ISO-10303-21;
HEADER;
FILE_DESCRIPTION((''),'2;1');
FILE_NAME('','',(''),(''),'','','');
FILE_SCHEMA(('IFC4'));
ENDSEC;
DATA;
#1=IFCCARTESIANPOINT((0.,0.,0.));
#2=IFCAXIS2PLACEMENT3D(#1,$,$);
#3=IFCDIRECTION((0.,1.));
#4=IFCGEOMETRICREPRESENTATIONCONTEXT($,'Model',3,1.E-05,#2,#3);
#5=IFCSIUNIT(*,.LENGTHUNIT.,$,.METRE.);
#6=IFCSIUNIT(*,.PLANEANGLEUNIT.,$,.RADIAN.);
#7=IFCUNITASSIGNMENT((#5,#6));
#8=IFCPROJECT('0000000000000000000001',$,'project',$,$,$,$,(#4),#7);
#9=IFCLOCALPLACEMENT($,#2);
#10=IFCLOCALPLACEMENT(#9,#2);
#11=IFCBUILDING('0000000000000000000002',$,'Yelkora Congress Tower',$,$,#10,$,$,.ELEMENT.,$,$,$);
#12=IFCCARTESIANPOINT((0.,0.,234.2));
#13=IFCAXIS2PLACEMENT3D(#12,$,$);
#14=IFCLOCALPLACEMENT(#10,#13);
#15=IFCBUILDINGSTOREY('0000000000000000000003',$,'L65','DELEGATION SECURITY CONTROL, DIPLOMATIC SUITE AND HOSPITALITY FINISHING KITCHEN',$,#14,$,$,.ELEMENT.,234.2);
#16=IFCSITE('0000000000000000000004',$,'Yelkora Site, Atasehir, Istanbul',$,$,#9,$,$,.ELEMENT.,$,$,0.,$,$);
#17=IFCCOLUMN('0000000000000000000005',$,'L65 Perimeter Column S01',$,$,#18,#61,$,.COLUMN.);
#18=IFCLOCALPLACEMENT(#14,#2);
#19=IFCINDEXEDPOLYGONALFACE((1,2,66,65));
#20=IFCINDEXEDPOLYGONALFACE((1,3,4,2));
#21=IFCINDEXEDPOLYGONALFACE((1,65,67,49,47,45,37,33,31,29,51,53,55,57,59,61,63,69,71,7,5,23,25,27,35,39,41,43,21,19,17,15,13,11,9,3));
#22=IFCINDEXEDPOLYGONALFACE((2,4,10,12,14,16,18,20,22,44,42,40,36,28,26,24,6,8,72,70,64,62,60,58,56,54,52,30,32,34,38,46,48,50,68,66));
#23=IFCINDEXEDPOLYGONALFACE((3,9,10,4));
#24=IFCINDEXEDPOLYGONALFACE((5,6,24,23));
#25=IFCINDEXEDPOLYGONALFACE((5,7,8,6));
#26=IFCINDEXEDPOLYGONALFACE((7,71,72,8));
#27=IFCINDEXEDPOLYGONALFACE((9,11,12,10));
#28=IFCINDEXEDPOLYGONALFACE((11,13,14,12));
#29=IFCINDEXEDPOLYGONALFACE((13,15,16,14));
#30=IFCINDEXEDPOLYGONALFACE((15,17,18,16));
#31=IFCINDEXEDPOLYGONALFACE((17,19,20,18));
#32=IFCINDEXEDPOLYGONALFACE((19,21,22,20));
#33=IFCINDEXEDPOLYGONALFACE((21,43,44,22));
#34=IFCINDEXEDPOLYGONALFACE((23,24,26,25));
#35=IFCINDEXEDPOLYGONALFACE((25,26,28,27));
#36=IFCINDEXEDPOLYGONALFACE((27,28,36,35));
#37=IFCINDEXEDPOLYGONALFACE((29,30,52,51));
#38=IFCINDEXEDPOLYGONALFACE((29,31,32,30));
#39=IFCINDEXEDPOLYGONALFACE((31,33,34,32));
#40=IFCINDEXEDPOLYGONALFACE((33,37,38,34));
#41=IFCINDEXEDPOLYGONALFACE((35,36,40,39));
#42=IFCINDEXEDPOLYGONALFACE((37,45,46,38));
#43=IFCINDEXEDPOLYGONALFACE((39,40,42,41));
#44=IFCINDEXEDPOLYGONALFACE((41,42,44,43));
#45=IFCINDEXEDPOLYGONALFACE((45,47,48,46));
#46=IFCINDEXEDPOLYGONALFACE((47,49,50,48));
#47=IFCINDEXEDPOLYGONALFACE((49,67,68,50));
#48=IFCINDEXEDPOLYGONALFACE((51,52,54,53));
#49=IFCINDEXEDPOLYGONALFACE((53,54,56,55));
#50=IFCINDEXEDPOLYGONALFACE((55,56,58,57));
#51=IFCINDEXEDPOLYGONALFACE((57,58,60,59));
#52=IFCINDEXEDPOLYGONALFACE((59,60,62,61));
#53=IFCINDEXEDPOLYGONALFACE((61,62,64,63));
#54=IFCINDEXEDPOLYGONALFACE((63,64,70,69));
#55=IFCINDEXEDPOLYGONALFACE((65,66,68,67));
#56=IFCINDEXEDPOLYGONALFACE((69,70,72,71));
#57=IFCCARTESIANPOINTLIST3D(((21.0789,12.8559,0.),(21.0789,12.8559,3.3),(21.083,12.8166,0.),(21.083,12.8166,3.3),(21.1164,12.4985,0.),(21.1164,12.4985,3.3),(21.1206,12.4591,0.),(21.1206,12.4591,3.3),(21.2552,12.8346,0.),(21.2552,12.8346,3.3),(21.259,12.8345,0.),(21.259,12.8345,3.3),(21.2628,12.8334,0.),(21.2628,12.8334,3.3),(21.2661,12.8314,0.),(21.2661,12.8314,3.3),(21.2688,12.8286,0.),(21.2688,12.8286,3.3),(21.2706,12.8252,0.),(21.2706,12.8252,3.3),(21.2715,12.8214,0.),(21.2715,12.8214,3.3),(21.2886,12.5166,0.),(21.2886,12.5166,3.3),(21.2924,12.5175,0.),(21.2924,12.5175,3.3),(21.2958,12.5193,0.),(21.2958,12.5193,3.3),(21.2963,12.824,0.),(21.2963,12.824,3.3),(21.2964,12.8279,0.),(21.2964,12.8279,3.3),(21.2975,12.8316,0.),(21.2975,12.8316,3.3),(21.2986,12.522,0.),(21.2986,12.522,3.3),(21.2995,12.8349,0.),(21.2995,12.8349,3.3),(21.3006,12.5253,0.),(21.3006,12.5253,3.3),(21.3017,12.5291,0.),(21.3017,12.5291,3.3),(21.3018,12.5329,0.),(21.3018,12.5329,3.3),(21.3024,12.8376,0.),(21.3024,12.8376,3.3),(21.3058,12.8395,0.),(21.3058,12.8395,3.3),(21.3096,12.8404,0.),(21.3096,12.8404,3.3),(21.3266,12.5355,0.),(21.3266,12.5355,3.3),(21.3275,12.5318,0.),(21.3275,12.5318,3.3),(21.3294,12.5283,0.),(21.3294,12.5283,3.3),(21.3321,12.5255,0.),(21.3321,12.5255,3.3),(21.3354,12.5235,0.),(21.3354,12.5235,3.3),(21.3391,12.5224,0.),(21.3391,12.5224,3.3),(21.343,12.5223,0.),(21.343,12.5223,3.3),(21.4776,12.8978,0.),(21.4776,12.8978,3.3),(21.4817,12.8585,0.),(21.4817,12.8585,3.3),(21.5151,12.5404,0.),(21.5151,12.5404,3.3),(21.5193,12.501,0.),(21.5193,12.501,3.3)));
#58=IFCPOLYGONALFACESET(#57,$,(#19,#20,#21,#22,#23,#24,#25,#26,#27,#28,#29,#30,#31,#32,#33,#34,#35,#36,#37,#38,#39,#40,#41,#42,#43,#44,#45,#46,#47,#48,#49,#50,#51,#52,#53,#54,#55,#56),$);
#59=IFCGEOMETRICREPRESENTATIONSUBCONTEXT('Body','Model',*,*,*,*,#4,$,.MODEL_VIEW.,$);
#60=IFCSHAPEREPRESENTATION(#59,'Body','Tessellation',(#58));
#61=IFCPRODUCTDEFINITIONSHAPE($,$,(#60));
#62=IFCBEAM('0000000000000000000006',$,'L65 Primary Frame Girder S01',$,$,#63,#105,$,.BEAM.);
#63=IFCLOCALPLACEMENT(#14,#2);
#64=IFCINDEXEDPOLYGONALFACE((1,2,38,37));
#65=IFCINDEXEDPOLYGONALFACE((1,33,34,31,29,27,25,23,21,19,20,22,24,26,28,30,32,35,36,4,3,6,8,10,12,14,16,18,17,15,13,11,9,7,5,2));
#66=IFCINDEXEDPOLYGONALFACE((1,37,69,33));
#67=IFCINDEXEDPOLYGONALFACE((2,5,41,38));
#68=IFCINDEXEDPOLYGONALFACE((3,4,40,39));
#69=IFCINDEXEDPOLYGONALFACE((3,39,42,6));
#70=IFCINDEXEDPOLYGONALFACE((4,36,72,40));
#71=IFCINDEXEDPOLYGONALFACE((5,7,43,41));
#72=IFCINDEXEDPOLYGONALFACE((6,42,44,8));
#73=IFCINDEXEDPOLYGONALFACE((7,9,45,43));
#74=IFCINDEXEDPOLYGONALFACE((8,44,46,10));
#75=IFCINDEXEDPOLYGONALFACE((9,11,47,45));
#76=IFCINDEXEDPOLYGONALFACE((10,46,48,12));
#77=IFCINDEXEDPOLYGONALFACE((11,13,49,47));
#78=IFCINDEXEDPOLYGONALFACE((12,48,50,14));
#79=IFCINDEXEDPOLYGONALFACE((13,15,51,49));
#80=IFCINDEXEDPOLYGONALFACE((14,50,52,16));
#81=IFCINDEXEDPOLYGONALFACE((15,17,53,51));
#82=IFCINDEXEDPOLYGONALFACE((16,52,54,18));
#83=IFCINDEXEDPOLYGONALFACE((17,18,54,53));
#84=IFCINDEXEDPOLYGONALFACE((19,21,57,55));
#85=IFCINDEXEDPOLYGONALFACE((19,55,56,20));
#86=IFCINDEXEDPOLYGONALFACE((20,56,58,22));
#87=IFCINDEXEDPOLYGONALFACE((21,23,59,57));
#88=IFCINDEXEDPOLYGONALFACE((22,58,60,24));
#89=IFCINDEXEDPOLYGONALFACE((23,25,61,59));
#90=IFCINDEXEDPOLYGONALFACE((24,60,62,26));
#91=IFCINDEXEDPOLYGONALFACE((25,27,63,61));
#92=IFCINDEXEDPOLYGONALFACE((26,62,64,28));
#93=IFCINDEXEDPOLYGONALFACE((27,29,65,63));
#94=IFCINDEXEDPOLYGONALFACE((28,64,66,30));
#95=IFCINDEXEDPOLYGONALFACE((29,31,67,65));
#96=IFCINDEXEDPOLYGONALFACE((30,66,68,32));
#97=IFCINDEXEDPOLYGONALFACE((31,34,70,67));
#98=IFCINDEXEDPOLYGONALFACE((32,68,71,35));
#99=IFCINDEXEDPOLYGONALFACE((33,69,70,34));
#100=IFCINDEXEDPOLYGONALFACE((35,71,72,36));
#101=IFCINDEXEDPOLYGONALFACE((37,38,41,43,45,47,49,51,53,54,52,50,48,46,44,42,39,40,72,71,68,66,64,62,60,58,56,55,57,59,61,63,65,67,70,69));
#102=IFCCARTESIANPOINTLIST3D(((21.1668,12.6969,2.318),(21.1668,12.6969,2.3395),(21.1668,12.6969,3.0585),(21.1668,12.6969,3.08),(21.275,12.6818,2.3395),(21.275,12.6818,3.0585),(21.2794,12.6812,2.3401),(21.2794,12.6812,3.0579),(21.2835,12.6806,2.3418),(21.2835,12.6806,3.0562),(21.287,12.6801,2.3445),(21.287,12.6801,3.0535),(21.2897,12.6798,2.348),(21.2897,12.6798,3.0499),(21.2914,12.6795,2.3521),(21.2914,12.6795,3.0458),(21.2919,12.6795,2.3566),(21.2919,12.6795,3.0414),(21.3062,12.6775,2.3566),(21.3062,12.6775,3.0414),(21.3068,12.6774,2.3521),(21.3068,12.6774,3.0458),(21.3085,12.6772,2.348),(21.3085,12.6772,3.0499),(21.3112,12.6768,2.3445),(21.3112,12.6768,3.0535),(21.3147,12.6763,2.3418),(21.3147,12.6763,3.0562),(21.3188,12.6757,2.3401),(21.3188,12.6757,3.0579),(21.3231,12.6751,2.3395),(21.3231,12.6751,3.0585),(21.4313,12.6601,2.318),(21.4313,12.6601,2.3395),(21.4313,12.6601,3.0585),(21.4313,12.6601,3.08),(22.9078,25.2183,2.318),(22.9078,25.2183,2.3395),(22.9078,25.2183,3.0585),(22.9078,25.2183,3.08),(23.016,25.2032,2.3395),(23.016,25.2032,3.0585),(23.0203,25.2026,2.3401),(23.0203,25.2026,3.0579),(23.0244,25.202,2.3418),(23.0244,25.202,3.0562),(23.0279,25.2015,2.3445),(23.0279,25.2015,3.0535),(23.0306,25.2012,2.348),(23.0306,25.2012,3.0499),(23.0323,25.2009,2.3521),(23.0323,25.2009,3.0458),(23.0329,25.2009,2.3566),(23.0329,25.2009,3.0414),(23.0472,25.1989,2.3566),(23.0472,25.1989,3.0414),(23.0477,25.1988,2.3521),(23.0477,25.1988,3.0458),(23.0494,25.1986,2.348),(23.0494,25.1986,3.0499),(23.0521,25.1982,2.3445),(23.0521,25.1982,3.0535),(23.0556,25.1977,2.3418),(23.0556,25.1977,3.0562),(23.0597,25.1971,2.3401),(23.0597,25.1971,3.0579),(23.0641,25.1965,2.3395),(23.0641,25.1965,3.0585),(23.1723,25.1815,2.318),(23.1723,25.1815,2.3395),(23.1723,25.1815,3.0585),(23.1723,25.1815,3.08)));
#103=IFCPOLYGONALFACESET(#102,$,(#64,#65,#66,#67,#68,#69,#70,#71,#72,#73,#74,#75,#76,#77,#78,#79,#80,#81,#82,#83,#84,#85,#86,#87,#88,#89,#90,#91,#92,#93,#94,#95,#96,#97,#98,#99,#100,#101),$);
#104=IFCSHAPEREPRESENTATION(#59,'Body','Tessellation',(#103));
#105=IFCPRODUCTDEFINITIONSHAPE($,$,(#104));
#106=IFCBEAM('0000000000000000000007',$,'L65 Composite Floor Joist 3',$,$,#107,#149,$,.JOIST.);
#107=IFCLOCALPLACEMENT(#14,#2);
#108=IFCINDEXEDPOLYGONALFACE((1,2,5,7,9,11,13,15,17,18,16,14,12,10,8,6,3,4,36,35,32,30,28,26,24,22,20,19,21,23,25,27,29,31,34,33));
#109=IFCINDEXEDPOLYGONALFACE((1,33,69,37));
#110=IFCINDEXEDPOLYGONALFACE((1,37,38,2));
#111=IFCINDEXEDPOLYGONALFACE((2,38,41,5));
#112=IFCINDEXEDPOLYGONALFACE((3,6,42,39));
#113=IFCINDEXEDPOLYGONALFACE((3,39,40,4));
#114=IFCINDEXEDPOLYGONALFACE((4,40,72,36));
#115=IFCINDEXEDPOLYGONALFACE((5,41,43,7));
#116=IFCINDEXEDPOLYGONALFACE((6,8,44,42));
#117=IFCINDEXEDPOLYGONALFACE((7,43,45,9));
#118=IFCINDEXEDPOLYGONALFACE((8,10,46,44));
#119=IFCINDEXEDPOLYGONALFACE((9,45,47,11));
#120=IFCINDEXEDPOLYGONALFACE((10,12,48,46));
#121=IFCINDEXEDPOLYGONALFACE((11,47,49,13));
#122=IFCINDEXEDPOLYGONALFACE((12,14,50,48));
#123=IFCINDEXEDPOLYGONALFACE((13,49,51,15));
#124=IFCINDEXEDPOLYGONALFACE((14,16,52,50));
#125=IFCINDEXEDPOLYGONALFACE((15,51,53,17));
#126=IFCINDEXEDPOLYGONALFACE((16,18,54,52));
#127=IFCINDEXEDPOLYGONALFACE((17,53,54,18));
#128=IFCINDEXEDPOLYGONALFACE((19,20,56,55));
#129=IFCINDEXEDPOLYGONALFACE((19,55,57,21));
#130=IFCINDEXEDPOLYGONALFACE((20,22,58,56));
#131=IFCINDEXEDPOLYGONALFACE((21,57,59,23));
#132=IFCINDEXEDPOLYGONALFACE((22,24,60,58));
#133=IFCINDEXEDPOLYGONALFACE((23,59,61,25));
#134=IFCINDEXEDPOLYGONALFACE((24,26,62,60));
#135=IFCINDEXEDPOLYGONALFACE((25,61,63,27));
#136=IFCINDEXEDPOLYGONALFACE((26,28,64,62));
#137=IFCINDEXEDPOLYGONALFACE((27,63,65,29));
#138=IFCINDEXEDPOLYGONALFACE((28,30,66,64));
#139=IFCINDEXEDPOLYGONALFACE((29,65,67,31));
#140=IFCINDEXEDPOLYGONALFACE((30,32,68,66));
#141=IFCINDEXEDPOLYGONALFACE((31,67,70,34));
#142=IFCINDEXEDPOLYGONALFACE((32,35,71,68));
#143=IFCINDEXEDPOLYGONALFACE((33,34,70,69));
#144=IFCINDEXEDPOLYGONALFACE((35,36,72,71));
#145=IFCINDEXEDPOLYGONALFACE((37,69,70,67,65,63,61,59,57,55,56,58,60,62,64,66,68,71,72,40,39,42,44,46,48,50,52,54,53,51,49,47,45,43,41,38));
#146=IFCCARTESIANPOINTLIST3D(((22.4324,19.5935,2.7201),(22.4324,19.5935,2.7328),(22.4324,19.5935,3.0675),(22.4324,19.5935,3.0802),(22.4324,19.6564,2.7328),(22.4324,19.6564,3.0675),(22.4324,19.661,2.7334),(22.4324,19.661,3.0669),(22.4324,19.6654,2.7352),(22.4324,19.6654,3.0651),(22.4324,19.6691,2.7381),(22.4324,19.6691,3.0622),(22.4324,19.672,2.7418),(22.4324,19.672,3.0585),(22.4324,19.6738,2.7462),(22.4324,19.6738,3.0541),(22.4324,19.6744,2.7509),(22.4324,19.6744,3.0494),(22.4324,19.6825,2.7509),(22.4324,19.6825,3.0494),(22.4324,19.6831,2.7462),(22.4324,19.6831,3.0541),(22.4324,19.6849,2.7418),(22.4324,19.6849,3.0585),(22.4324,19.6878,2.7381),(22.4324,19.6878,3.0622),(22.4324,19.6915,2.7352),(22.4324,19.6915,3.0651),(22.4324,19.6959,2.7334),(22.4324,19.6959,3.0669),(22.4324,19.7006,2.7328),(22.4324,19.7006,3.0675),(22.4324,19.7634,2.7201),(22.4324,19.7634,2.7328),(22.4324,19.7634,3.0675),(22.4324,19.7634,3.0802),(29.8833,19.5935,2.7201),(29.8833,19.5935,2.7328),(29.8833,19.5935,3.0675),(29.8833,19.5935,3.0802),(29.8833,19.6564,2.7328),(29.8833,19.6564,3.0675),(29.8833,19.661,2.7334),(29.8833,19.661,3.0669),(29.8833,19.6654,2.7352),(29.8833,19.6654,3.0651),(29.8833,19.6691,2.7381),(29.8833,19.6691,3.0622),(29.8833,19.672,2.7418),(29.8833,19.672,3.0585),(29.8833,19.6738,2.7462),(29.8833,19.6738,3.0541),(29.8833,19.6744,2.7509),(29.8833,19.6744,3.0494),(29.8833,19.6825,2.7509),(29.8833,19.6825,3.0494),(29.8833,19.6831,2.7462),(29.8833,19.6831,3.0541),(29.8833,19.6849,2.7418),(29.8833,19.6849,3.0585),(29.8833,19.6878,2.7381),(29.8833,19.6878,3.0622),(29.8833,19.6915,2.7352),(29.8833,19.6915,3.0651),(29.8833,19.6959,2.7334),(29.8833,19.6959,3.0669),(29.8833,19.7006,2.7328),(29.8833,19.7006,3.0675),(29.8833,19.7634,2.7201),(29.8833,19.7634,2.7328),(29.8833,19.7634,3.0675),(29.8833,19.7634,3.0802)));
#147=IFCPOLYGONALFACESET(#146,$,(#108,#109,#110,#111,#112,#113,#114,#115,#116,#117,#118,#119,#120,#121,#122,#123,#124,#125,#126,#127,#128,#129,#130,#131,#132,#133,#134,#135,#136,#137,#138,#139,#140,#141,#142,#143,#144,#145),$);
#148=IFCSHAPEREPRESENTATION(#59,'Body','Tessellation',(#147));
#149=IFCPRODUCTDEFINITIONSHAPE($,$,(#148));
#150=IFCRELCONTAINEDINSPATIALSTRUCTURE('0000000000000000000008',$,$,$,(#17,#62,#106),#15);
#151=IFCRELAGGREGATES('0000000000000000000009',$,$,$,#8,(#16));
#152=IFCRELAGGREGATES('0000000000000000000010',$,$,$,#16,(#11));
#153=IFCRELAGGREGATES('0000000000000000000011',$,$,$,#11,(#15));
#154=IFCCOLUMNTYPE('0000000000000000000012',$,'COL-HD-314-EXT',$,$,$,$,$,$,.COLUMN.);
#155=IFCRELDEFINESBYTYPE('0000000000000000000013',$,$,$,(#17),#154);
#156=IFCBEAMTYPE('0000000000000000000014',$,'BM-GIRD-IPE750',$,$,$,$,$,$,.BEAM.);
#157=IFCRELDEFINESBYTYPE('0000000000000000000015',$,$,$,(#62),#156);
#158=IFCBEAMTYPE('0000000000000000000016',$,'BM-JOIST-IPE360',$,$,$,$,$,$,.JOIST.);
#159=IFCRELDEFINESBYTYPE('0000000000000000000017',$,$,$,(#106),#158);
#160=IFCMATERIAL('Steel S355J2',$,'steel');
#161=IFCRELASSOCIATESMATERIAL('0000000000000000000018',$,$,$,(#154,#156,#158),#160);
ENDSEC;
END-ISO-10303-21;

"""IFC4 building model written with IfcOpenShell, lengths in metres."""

from ifc_helpers import new_model, si_unit, direction, frame, origin, origin_2d, place, context, subcontext, project, spatial, i_section, extrude, material, material_profile, profile_set, type_object, element, save


model = new_model("IFC4")

# Units and contexts
model_context = context("Model", 3, precision=1e-05, world=origin(), true_north=direction((0.0, 1.0)))
body_context = subcontext(model_context, "Body", "Model", "MODEL_VIEW")
ifc_project = project(units=[si_unit("LENGTHUNIT", "METRE"), si_unit("PLANEANGLEUNIT", "RADIAN")], contexts=[model_context])

# Site, building, storey
site_placement = place(None, origin())
site = spatial("IfcSite", under=ifc_project, at=site_placement, Name="Yelkora Site, Atasehir, Istanbul", CompositionType="ELEMENT", RefElevation=0.0)
building_placement = place(site_placement, origin())
building = spatial("IfcBuilding", under=site, at=building_placement, Name="Yelkora Congress Tower", CompositionType="ELEMENT")
storey_placement = place(building_placement, frame((0.0, 0.0, 234.2)))
storey = spatial("IfcBuildingStorey", under=building, at=storey_placement, Name="L65", Description="DELEGATION SECURITY CONTROL, DIPLOMATIC SUITE AND HOSPITALITY FINISHING KITCHEN", CompositionType="ELEMENT", Elevation=234.2)

# Column
ifc_material_1 = material(Name="Steel S355J2", Category="steel")
ifc_material_profile_1 = material_profile(ifc_material_1, i_section(OverallWidth=0.4009, OverallDepth=0.3989, WebThickness=0.0249, FlangeThickness=0.0396, FilletRadius=0.0149, at=origin_2d()), Name="HD 400x314")
ifc_profile_set_1 = profile_set([ifc_material_profile_1], Name="Steel S355J2")
column_type = type_object("IfcColumnType", Name="COL-HD-314-EXT", PredefinedType="COLUMN", material=ifc_profile_set_1)
column_placement = place(storey_placement, frame((21.2991, 12.6785, 0.0), z_axis=(0.0, 0.0, 1.0), x_axis=(0.994522, 0.104528, 0.0)))
element("IfcColumn", 1, at=column_placement, inside=storey, type_object=column_type, Name="L65 Perimeter Column S01", PredefinedType="COLUMN", context=body_context, shape_type="SweptSolid", body=[
    extrude(i_section(OverallWidth=0.4009, OverallDepth=0.3989, WebThickness=0.0249, FlangeThickness=0.0396, FilletRadius=0.0149, at=origin_2d()), origin(), (0.0, 0.0, 1.0), 3.3),
])

# Beams
ifc_material_profile_2 = material_profile(ifc_material_1, i_section(OverallWidth=0.2671, OverallDepth=0.762, WebThickness=0.0144, FlangeThickness=0.0215, FilletRadius=0.0171, at=origin_2d()), Name="IPE 750x173")
ifc_profile_set_2 = profile_set([ifc_material_profile_2], Name="Steel S355J2")
beam_type_1 = type_object("IfcBeamType", Name="BM-GIRD-IPE750", PredefinedType="BEAM", material=ifc_profile_set_2)
beam_1_placement = place(storey_placement, frame((21.2991, 12.6785, 2.699), z_axis=(0.137714, 0.990472, 0.0), x_axis=(-0.990472, 0.137714, 0.0)))
element("IfcBeam", 2, at=beam_1_placement, inside=storey, type_object=beam_type_1, Name="L65 Primary Frame Girder S01", PredefinedType="BEAM", context=body_context, shape_type="SweptSolid", body=[
    extrude(i_section(OverallWidth=0.2671, OverallDepth=0.762, WebThickness=0.0144, FlangeThickness=0.0215, FilletRadius=0.0171, at=origin_2d()), origin(), (0.0, 0.0, 1.0), 12.6418),
])
ifc_material_profile_3 = material_profile(ifc_material_1, i_section(OverallWidth=0.1699, OverallDepth=0.3601, WebThickness=0.0081, FlangeThickness=0.0127, FilletRadius=0.0181, at=origin_2d()), Name="IPE 360")
ifc_profile_set_3 = profile_set([ifc_material_profile_3], Name="Steel S355J2")
beam_type_2 = type_object("IfcBeamType", Name="BM-JOIST-IPE360", PredefinedType="JOIST", material=ifc_profile_set_3)
beam_2_placement = place(storey_placement, frame((22.4324, 19.6785, 2.9001), z_axis=(1.0, 0.0, 0.0), x_axis=(0.0, 1.0, 0.0)))
element("IfcBeam", 3, at=beam_2_placement, inside=storey, type_object=beam_type_2, Name="L65 Composite Floor Joist 3", PredefinedType="JOIST", context=body_context, shape_type="SweptSolid", body=[
    extrude(i_section(OverallWidth=0.1699, OverallDepth=0.3601, WebThickness=0.0081, FlangeThickness=0.0127, FilletRadius=0.0181, at=origin_2d()), origin(), (0.0, 0.0, 1.0), 7.4509),
])

save(model, "model.ifc")
